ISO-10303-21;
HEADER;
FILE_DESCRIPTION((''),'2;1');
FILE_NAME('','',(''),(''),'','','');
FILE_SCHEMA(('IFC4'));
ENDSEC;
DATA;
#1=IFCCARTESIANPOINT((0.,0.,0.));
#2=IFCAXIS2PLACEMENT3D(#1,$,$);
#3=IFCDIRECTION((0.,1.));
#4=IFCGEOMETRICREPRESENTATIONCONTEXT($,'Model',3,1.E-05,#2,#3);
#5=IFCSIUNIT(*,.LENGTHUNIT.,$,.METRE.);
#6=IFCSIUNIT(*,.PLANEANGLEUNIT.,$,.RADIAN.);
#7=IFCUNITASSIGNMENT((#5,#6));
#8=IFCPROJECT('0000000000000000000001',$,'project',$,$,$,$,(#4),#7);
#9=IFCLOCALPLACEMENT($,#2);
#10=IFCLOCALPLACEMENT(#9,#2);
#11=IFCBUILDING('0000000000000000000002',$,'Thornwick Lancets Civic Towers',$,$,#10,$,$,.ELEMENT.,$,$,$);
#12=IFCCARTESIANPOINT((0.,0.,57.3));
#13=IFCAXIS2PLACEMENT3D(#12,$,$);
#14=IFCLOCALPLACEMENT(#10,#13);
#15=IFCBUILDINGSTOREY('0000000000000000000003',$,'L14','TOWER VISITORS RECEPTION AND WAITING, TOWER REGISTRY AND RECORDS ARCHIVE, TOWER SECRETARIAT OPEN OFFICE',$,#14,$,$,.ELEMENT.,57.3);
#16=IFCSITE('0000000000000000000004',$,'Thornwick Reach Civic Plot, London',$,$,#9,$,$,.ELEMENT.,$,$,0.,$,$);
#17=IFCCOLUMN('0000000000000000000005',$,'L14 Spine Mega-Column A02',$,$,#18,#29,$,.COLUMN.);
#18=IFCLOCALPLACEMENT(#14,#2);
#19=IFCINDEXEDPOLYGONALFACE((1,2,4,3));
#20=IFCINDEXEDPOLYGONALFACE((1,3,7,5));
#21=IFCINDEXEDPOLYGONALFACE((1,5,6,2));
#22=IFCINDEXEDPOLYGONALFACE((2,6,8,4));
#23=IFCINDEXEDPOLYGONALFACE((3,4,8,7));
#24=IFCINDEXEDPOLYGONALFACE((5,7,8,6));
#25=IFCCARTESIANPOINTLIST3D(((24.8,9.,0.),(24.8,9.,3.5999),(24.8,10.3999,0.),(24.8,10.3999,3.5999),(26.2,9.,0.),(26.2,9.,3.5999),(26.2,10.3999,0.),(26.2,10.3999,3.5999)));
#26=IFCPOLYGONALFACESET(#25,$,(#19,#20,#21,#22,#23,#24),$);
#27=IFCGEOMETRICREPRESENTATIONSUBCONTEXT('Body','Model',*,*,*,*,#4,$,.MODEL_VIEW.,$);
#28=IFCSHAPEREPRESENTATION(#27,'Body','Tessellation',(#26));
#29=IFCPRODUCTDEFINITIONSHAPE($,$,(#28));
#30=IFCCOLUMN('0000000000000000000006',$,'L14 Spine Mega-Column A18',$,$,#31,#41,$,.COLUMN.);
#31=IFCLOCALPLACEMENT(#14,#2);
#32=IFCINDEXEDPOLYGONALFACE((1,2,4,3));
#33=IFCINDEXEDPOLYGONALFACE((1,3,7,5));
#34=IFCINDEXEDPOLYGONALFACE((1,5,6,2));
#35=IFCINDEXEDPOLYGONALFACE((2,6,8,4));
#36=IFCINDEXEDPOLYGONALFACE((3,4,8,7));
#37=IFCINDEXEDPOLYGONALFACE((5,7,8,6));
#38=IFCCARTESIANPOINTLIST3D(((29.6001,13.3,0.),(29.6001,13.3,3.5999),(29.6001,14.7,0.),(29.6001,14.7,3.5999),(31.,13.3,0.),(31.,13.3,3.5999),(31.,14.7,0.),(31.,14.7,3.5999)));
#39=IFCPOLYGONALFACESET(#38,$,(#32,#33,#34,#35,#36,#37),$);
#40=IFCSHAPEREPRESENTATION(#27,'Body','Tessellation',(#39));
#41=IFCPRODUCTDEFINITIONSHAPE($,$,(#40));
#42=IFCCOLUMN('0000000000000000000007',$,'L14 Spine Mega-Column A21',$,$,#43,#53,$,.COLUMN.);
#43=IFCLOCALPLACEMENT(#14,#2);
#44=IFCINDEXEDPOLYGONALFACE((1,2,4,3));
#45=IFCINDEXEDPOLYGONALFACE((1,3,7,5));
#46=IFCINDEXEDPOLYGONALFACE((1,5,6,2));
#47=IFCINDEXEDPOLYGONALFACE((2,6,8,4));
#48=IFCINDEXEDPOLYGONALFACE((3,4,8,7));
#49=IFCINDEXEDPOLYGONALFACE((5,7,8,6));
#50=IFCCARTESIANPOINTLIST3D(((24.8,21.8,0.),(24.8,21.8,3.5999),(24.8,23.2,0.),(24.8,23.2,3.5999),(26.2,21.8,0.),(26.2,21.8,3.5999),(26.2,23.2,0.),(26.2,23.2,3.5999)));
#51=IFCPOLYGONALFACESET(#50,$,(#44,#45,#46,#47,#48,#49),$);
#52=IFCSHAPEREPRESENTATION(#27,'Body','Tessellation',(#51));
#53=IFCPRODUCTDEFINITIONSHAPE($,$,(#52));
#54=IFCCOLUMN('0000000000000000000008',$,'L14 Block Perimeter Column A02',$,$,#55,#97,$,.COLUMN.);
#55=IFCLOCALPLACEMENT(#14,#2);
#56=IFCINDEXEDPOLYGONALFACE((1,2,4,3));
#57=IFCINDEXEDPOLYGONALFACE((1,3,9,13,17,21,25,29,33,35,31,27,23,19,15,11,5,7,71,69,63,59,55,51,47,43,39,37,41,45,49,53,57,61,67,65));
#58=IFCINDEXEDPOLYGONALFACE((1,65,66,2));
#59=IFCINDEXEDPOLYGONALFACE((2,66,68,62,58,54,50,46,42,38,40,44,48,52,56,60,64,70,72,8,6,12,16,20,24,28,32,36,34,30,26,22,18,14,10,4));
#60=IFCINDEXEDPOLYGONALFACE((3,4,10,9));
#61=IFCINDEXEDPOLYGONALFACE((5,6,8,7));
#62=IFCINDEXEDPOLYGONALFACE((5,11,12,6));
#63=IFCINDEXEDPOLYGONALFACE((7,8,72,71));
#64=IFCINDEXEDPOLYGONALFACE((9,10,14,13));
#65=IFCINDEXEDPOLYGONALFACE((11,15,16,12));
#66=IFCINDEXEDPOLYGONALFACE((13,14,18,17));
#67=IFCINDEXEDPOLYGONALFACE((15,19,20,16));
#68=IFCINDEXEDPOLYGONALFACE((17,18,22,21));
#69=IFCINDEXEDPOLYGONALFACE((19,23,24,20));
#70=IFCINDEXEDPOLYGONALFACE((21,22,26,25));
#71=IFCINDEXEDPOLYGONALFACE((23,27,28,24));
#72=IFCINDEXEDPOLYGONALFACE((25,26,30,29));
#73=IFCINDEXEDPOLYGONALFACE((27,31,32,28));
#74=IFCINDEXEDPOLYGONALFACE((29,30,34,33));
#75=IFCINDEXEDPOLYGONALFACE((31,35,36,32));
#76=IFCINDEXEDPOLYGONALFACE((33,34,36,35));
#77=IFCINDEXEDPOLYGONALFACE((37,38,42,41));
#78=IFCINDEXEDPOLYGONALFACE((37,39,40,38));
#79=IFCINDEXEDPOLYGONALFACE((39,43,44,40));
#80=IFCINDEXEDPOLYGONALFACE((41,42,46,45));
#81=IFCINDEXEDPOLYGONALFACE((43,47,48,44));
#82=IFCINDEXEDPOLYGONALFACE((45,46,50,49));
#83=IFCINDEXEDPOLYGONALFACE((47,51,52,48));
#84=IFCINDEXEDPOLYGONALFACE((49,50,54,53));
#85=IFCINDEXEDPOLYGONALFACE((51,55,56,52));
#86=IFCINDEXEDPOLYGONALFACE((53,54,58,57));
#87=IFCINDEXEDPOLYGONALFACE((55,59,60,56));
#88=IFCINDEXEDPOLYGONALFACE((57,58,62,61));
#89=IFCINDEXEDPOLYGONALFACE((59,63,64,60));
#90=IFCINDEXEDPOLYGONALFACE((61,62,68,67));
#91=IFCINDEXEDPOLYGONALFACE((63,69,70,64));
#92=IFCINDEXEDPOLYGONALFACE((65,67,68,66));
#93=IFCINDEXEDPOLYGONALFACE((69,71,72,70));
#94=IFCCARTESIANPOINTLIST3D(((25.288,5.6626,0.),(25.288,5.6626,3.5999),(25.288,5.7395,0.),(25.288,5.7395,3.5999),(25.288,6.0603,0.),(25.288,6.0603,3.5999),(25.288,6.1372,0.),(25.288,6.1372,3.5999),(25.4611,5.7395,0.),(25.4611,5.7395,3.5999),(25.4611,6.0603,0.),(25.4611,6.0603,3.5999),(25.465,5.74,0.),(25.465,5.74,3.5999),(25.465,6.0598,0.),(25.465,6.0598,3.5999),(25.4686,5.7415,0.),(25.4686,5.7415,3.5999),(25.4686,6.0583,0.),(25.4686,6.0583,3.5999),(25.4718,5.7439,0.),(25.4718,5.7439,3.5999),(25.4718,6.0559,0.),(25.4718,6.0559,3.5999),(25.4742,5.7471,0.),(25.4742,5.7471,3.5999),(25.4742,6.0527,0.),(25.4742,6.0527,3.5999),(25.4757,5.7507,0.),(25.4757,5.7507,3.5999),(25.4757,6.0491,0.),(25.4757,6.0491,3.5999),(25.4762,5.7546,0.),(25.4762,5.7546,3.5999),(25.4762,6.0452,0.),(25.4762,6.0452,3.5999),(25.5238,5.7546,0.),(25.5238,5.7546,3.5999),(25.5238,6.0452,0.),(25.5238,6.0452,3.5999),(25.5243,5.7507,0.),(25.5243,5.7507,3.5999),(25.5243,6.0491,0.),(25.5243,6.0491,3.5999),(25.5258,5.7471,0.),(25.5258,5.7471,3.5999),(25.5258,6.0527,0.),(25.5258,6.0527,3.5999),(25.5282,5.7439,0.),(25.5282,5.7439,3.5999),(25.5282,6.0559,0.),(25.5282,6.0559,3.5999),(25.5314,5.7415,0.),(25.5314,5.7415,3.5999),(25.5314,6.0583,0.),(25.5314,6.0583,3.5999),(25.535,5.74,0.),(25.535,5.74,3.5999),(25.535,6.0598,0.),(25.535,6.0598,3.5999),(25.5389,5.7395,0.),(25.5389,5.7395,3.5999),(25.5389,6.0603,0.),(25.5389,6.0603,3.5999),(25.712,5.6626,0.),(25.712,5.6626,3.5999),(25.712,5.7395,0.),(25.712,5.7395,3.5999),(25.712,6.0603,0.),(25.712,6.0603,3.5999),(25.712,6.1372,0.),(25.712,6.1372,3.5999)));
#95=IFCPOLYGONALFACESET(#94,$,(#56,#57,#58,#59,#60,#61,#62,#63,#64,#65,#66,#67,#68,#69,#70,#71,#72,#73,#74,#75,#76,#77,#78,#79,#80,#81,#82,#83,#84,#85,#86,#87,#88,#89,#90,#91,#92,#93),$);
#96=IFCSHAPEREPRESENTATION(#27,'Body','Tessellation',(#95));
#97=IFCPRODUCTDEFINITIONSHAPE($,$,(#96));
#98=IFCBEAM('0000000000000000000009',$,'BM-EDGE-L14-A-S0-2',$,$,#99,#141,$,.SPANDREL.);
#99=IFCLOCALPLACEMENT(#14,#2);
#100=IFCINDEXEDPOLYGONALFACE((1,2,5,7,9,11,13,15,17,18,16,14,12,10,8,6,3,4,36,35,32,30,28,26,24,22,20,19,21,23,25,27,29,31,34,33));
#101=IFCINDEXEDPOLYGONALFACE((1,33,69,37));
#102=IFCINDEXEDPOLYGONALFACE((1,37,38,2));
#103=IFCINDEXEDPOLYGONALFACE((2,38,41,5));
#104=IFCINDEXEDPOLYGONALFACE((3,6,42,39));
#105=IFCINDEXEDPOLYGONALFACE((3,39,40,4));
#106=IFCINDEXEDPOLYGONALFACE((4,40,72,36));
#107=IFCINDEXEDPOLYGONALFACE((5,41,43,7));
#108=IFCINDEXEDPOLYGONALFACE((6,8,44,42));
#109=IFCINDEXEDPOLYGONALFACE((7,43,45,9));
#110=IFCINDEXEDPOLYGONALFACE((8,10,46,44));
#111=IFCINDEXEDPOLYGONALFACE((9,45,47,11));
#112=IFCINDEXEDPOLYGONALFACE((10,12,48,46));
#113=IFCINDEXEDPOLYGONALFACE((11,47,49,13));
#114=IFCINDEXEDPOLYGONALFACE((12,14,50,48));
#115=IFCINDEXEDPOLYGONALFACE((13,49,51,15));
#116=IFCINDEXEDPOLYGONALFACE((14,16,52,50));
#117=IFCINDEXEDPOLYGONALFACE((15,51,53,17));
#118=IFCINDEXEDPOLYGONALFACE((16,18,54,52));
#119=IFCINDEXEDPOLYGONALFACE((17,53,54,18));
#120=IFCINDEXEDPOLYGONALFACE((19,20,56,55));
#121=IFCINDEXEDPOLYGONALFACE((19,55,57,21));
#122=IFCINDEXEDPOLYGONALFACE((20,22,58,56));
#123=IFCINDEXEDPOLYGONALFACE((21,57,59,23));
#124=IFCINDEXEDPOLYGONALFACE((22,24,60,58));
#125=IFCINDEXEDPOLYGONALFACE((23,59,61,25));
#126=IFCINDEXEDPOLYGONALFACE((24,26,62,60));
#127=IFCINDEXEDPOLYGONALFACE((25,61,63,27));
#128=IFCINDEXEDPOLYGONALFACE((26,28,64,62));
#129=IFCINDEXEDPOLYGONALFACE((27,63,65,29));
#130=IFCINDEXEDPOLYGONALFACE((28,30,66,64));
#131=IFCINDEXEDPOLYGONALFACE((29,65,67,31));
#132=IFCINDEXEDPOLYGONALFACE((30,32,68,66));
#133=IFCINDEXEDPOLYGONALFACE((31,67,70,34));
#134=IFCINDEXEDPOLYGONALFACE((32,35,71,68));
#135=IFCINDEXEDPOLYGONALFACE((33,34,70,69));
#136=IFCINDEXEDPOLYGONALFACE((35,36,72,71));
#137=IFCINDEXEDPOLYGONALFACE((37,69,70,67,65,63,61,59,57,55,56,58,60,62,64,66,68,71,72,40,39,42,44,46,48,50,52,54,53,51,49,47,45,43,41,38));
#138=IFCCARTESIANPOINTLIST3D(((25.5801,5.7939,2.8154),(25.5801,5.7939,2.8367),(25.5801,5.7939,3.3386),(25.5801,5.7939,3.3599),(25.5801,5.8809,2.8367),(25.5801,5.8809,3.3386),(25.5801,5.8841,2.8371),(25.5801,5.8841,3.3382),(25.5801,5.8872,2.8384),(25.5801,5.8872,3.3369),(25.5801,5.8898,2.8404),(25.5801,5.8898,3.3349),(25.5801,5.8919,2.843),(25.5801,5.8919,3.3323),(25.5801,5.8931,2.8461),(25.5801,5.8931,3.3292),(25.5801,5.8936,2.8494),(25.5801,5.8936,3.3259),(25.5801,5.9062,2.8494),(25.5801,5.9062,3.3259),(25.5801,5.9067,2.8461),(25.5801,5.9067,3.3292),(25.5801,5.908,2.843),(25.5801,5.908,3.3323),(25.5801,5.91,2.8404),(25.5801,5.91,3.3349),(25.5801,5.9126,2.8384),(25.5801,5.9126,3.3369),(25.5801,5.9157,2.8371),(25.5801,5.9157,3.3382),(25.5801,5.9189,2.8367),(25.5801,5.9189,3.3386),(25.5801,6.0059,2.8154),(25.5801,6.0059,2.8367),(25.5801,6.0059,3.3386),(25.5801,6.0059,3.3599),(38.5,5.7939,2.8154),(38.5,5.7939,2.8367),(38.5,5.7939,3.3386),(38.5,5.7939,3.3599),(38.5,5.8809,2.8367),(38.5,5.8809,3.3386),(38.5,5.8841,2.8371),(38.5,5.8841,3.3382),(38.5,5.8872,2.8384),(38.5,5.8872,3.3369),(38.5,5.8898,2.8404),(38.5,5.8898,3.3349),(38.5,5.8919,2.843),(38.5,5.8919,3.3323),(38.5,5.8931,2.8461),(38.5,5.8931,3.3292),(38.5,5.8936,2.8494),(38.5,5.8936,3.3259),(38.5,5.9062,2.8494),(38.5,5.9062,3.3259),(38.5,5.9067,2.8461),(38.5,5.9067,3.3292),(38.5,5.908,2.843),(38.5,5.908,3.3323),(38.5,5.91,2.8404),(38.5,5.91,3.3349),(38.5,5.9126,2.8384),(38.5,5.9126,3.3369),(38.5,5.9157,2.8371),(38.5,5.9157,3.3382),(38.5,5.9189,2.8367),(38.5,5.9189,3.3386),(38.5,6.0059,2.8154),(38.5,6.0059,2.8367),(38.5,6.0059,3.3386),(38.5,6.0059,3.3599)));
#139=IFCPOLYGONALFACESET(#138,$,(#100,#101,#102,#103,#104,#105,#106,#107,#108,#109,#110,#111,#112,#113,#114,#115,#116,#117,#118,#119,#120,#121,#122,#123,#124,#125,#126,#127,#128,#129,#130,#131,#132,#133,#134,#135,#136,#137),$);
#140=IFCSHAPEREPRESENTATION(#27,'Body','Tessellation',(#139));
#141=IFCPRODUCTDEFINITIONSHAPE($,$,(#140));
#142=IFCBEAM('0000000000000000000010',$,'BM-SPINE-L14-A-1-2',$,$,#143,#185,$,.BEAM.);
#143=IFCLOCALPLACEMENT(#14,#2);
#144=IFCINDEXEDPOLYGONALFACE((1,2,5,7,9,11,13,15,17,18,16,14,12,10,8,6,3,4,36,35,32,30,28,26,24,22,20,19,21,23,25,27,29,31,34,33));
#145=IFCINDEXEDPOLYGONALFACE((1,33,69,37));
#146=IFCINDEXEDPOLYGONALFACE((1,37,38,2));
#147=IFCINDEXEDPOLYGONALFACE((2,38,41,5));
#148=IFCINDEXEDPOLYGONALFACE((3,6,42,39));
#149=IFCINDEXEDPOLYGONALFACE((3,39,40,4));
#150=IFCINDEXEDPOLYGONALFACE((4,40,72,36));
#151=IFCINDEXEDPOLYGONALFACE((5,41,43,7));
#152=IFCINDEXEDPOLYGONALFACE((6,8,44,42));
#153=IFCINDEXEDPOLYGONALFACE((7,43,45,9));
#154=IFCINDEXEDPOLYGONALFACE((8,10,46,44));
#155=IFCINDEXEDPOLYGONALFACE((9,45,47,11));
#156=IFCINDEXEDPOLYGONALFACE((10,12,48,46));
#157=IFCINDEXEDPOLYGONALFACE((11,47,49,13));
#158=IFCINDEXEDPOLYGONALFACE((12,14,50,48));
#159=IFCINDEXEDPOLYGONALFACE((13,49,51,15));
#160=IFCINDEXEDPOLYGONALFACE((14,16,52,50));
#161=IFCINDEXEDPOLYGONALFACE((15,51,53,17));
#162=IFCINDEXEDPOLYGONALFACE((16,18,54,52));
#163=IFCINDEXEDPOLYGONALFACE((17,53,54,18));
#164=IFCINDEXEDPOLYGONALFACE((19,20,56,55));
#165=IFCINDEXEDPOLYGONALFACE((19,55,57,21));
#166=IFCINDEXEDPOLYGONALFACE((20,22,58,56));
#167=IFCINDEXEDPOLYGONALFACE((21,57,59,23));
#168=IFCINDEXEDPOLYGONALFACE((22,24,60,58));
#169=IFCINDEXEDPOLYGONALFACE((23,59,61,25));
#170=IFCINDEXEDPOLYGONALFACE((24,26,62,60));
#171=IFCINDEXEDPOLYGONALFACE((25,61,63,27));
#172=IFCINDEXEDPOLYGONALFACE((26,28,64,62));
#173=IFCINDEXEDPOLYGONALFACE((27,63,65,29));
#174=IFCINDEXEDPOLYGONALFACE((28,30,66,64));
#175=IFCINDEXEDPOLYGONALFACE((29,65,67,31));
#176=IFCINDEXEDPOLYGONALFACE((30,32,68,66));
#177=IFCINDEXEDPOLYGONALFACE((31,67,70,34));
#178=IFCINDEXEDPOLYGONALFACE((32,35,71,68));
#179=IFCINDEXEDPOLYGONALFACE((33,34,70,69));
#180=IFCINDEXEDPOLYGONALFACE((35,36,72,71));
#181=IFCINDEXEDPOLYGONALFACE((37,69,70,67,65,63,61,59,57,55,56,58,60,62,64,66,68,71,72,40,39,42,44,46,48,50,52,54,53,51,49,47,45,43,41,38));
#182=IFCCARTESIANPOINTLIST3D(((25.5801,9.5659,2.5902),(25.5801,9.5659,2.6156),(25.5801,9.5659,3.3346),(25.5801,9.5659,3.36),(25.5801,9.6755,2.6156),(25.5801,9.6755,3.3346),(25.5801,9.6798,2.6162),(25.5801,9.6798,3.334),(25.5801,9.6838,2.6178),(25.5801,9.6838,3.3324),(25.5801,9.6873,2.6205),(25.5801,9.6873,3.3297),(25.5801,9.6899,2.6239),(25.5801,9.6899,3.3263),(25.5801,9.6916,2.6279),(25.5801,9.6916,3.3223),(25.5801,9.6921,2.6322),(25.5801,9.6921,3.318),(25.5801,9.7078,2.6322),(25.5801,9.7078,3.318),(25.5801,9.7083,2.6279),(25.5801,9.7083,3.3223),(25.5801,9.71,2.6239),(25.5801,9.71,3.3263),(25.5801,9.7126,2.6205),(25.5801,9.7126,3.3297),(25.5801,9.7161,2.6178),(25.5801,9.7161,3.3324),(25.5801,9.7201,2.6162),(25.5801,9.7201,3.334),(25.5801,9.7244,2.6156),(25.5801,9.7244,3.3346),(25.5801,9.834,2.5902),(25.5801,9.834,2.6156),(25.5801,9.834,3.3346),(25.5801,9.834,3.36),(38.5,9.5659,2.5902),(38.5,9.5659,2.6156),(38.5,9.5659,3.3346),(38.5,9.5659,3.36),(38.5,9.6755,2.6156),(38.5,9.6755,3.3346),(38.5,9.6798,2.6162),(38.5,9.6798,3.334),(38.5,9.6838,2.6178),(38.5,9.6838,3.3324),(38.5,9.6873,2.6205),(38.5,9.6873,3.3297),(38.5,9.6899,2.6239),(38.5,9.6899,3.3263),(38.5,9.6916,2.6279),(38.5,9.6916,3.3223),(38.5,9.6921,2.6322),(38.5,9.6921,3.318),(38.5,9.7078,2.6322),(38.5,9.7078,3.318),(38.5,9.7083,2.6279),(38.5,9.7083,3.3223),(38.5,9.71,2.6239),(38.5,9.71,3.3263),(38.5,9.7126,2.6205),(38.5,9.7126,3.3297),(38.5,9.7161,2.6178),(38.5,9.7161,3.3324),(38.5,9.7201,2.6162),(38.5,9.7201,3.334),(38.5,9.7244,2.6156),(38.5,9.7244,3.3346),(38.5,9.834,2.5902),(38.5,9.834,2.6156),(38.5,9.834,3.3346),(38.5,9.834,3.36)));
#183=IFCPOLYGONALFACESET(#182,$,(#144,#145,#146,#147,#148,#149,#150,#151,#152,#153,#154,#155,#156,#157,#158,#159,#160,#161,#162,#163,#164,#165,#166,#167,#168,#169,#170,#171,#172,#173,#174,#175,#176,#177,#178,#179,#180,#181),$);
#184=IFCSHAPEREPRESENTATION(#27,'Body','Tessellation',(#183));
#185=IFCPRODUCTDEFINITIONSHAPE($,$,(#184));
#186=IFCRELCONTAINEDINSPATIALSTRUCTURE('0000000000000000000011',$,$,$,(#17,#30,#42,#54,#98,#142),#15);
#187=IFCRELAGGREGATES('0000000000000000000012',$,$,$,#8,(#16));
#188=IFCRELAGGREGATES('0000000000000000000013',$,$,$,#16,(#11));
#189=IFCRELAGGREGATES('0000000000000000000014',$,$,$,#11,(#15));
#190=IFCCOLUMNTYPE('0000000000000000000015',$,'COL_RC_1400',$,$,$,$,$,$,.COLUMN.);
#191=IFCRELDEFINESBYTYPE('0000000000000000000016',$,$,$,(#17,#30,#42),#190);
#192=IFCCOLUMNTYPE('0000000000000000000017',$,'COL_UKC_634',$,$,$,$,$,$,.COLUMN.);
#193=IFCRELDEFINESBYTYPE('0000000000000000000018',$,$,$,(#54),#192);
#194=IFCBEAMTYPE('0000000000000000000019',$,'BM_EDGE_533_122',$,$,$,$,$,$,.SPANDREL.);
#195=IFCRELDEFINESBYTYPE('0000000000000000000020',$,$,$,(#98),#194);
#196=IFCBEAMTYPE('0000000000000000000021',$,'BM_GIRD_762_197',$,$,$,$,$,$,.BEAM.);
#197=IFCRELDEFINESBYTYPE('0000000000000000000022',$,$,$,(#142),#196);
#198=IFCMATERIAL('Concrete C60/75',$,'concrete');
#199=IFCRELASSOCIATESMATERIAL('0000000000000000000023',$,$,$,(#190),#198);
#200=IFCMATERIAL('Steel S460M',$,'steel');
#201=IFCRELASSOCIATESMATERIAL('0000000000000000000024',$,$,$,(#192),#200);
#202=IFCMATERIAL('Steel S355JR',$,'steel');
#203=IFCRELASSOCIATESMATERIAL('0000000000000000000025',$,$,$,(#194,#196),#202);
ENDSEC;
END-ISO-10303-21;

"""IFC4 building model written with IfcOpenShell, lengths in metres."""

from ifc_helpers import new_model, si_unit, direction, frame, origin, origin_2d, place, context, subcontext, project, spatial, rectangle, i_section, extrude, material, material_profile, profile_set, type_object, element, save


model = new_model("IFC4")

# Units and contexts
model_context = context("Model", 3, precision=1e-05, world=origin(), true_north=direction((0.0, 1.0)))
body_context = subcontext(model_context, "Body", "Model", "MODEL_VIEW")
ifc_project = project(units=[si_unit("LENGTHUNIT", "METRE"), si_unit("PLANEANGLEUNIT", "RADIAN")], contexts=[model_context])

# Site, building, storey
site_placement = place(None, origin())
site = spatial("IfcSite", under=ifc_project, at=site_placement, Name="Thornwick Reach Civic Plot, London", CompositionType="ELEMENT", RefElevation=0.0)
building_placement = place(site_placement, origin())
building = spatial("IfcBuilding", under=site, at=building_placement, Name="Thornwick Lancets Civic Towers", CompositionType="ELEMENT")
storey_placement = place(building_placement, frame((0.0, 0.0, 57.3)))
storey = spatial("IfcBuildingStorey", under=building, at=storey_placement, Name="L14", Description="TOWER VISITORS RECEPTION AND WAITING, TOWER REGISTRY AND RECORDS ARCHIVE, TOWER SECRETARIAT OPEN OFFICE", CompositionType="ELEMENT", Elevation=57.3)

# Columns
ifc_material_1 = material(Name="Concrete C60/75", Category="concrete")
ifc_material_profile_1 = material_profile(ifc_material_1, rectangle(XDim=1.3999, YDim=1.3999, at=origin_2d()), Name="RC 1400x1400")
ifc_profile_set_1 = profile_set([ifc_material_profile_1], Name="Concrete C60/75")
column_type_1 = type_object("IfcColumnType", Name="COL_RC_1400", PredefinedType="COLUMN", material=ifc_profile_set_1)
for number, where, z_axis, x_axis, name in (
    (1, (25.5, 9.7, 0.0), (0.0, 0.0, 1.0), (1.0, 0.0, 0.0), "L14 Spine Mega-Column A02"),
    (2, (30.3, 14.0, 0.0), (0.0, 0.0, 1.0), (1.0, 0.0, 0.0), "L14 Spine Mega-Column A18"),
    (3, (25.5, 22.5, 0.0), (0.0, 0.0, 1.0), (1.0, 0.0, 0.0), "L14 Spine Mega-Column A21"),
):
    element("IfcColumn", number, at=place(storey_placement, frame(where, z_axis=z_axis, x_axis=x_axis)), inside=storey, type_object=column_type_1, Name=name, PredefinedType="COLUMN", context=body_context, shape_type="SweptSolid", body=[
        extrude(rectangle(XDim=1.3999, YDim=1.3999, at=origin_2d()), origin(), (0.0, 0.0, 1.0), 3.5999),
    ])
ifc_material_2 = material(Name="Steel S460M", Category="steel")
ifc_material_profile_2 = material_profile(ifc_material_2, i_section(OverallWidth=0.4241, OverallDepth=0.4746, WebThickness=0.0476, FlangeThickness=0.0769, FilletRadius=0.0151, at=origin_2d()), Name="UKC 356x406x634")
ifc_profile_set_2 = profile_set([ifc_material_profile_2], Name="Steel S460M")
column_type_2 = type_object("IfcColumnType", Name="COL_UKC_634", PredefinedType="COLUMN", material=ifc_profile_set_2)
column_placement = place(storey_placement, frame((25.5, 5.8999, 0.0), z_axis=(0.0, 0.0, 1.0), x_axis=(1.0, 0.0, 0.0)))
element("IfcColumn", 4, at=column_placement, inside=storey, type_object=column_type_2, Name="L14 Block Perimeter Column A02", PredefinedType="COLUMN", context=body_context, shape_type="SweptSolid", body=[
    extrude(i_section(OverallWidth=0.4241, OverallDepth=0.4746, WebThickness=0.0476, FlangeThickness=0.0769, FilletRadius=0.0151, at=origin_2d()), origin(), (0.0, 0.0, 1.0), 3.5999),
])

# Beams
ifc_material_3 = material(Name="Steel S355JR", Category="steel")
ifc_material_profile_3 = material_profile(ifc_material_3, i_section(OverallWidth=0.2119, OverallDepth=0.5444, WebThickness=0.0127, FlangeThickness=0.0212, FilletRadius=0.0127, at=origin_2d()), Name="UKB 533x210x122")
ifc_profile_set_3 = profile_set([ifc_material_profile_3], Name="Steel S355JR")
beam_type_1 = type_object("IfcBeamType", Name="BM_EDGE_533_122", PredefinedType="SPANDREL", material=ifc_profile_set_3)
beam_1_placement = place(storey_placement, frame((25.5801, 5.8999, 3.0876), z_axis=(1.0, 0.0, 0.0), x_axis=(0.0, 1.0, 0.0)))
element("IfcBeam", 5, at=beam_1_placement, inside=storey, type_object=beam_type_1, Name="BM-EDGE-L14-A-S0-2", PredefinedType="SPANDREL", context=body_context, shape_type="SweptSolid", body=[
    extrude(i_section(OverallWidth=0.2119, OverallDepth=0.5444, WebThickness=0.0127, FlangeThickness=0.0212, FilletRadius=0.0127, at=origin_2d()), origin(), (0.0, 0.0, 1.0), 12.9199),
])
ifc_material_profile_4 = material_profile(ifc_material_3, i_section(OverallWidth=0.2681, OverallDepth=0.7698, WebThickness=0.0156, FlangeThickness=0.0254, FilletRadius=0.0166, at=origin_2d()), Name="UKB 762x267x197")
ifc_profile_set_4 = profile_set([ifc_material_profile_4], Name="Steel S355JR")
beam_type_2 = type_object("IfcBeamType", Name="BM_GIRD_762_197", PredefinedType="BEAM", material=ifc_profile_set_4)
beam_2_placement = place(storey_placement, frame((25.5801, 9.7, 2.9751), z_axis=(1.0, 0.0, 0.0), x_axis=(0.0, 1.0, 0.0)))
element("IfcBeam", 6, at=beam_2_placement, inside=storey, type_object=beam_type_2, Name="BM-SPINE-L14-A-1-2", PredefinedType="BEAM", context=body_context, shape_type="SweptSolid", body=[
    extrude(i_section(OverallWidth=0.2681, OverallDepth=0.7698, WebThickness=0.0156, FlangeThickness=0.0254, FilletRadius=0.0166, at=origin_2d()), origin(), (0.0, 0.0, 1.0), 12.9199),
])

save(model, "model.ifc")
